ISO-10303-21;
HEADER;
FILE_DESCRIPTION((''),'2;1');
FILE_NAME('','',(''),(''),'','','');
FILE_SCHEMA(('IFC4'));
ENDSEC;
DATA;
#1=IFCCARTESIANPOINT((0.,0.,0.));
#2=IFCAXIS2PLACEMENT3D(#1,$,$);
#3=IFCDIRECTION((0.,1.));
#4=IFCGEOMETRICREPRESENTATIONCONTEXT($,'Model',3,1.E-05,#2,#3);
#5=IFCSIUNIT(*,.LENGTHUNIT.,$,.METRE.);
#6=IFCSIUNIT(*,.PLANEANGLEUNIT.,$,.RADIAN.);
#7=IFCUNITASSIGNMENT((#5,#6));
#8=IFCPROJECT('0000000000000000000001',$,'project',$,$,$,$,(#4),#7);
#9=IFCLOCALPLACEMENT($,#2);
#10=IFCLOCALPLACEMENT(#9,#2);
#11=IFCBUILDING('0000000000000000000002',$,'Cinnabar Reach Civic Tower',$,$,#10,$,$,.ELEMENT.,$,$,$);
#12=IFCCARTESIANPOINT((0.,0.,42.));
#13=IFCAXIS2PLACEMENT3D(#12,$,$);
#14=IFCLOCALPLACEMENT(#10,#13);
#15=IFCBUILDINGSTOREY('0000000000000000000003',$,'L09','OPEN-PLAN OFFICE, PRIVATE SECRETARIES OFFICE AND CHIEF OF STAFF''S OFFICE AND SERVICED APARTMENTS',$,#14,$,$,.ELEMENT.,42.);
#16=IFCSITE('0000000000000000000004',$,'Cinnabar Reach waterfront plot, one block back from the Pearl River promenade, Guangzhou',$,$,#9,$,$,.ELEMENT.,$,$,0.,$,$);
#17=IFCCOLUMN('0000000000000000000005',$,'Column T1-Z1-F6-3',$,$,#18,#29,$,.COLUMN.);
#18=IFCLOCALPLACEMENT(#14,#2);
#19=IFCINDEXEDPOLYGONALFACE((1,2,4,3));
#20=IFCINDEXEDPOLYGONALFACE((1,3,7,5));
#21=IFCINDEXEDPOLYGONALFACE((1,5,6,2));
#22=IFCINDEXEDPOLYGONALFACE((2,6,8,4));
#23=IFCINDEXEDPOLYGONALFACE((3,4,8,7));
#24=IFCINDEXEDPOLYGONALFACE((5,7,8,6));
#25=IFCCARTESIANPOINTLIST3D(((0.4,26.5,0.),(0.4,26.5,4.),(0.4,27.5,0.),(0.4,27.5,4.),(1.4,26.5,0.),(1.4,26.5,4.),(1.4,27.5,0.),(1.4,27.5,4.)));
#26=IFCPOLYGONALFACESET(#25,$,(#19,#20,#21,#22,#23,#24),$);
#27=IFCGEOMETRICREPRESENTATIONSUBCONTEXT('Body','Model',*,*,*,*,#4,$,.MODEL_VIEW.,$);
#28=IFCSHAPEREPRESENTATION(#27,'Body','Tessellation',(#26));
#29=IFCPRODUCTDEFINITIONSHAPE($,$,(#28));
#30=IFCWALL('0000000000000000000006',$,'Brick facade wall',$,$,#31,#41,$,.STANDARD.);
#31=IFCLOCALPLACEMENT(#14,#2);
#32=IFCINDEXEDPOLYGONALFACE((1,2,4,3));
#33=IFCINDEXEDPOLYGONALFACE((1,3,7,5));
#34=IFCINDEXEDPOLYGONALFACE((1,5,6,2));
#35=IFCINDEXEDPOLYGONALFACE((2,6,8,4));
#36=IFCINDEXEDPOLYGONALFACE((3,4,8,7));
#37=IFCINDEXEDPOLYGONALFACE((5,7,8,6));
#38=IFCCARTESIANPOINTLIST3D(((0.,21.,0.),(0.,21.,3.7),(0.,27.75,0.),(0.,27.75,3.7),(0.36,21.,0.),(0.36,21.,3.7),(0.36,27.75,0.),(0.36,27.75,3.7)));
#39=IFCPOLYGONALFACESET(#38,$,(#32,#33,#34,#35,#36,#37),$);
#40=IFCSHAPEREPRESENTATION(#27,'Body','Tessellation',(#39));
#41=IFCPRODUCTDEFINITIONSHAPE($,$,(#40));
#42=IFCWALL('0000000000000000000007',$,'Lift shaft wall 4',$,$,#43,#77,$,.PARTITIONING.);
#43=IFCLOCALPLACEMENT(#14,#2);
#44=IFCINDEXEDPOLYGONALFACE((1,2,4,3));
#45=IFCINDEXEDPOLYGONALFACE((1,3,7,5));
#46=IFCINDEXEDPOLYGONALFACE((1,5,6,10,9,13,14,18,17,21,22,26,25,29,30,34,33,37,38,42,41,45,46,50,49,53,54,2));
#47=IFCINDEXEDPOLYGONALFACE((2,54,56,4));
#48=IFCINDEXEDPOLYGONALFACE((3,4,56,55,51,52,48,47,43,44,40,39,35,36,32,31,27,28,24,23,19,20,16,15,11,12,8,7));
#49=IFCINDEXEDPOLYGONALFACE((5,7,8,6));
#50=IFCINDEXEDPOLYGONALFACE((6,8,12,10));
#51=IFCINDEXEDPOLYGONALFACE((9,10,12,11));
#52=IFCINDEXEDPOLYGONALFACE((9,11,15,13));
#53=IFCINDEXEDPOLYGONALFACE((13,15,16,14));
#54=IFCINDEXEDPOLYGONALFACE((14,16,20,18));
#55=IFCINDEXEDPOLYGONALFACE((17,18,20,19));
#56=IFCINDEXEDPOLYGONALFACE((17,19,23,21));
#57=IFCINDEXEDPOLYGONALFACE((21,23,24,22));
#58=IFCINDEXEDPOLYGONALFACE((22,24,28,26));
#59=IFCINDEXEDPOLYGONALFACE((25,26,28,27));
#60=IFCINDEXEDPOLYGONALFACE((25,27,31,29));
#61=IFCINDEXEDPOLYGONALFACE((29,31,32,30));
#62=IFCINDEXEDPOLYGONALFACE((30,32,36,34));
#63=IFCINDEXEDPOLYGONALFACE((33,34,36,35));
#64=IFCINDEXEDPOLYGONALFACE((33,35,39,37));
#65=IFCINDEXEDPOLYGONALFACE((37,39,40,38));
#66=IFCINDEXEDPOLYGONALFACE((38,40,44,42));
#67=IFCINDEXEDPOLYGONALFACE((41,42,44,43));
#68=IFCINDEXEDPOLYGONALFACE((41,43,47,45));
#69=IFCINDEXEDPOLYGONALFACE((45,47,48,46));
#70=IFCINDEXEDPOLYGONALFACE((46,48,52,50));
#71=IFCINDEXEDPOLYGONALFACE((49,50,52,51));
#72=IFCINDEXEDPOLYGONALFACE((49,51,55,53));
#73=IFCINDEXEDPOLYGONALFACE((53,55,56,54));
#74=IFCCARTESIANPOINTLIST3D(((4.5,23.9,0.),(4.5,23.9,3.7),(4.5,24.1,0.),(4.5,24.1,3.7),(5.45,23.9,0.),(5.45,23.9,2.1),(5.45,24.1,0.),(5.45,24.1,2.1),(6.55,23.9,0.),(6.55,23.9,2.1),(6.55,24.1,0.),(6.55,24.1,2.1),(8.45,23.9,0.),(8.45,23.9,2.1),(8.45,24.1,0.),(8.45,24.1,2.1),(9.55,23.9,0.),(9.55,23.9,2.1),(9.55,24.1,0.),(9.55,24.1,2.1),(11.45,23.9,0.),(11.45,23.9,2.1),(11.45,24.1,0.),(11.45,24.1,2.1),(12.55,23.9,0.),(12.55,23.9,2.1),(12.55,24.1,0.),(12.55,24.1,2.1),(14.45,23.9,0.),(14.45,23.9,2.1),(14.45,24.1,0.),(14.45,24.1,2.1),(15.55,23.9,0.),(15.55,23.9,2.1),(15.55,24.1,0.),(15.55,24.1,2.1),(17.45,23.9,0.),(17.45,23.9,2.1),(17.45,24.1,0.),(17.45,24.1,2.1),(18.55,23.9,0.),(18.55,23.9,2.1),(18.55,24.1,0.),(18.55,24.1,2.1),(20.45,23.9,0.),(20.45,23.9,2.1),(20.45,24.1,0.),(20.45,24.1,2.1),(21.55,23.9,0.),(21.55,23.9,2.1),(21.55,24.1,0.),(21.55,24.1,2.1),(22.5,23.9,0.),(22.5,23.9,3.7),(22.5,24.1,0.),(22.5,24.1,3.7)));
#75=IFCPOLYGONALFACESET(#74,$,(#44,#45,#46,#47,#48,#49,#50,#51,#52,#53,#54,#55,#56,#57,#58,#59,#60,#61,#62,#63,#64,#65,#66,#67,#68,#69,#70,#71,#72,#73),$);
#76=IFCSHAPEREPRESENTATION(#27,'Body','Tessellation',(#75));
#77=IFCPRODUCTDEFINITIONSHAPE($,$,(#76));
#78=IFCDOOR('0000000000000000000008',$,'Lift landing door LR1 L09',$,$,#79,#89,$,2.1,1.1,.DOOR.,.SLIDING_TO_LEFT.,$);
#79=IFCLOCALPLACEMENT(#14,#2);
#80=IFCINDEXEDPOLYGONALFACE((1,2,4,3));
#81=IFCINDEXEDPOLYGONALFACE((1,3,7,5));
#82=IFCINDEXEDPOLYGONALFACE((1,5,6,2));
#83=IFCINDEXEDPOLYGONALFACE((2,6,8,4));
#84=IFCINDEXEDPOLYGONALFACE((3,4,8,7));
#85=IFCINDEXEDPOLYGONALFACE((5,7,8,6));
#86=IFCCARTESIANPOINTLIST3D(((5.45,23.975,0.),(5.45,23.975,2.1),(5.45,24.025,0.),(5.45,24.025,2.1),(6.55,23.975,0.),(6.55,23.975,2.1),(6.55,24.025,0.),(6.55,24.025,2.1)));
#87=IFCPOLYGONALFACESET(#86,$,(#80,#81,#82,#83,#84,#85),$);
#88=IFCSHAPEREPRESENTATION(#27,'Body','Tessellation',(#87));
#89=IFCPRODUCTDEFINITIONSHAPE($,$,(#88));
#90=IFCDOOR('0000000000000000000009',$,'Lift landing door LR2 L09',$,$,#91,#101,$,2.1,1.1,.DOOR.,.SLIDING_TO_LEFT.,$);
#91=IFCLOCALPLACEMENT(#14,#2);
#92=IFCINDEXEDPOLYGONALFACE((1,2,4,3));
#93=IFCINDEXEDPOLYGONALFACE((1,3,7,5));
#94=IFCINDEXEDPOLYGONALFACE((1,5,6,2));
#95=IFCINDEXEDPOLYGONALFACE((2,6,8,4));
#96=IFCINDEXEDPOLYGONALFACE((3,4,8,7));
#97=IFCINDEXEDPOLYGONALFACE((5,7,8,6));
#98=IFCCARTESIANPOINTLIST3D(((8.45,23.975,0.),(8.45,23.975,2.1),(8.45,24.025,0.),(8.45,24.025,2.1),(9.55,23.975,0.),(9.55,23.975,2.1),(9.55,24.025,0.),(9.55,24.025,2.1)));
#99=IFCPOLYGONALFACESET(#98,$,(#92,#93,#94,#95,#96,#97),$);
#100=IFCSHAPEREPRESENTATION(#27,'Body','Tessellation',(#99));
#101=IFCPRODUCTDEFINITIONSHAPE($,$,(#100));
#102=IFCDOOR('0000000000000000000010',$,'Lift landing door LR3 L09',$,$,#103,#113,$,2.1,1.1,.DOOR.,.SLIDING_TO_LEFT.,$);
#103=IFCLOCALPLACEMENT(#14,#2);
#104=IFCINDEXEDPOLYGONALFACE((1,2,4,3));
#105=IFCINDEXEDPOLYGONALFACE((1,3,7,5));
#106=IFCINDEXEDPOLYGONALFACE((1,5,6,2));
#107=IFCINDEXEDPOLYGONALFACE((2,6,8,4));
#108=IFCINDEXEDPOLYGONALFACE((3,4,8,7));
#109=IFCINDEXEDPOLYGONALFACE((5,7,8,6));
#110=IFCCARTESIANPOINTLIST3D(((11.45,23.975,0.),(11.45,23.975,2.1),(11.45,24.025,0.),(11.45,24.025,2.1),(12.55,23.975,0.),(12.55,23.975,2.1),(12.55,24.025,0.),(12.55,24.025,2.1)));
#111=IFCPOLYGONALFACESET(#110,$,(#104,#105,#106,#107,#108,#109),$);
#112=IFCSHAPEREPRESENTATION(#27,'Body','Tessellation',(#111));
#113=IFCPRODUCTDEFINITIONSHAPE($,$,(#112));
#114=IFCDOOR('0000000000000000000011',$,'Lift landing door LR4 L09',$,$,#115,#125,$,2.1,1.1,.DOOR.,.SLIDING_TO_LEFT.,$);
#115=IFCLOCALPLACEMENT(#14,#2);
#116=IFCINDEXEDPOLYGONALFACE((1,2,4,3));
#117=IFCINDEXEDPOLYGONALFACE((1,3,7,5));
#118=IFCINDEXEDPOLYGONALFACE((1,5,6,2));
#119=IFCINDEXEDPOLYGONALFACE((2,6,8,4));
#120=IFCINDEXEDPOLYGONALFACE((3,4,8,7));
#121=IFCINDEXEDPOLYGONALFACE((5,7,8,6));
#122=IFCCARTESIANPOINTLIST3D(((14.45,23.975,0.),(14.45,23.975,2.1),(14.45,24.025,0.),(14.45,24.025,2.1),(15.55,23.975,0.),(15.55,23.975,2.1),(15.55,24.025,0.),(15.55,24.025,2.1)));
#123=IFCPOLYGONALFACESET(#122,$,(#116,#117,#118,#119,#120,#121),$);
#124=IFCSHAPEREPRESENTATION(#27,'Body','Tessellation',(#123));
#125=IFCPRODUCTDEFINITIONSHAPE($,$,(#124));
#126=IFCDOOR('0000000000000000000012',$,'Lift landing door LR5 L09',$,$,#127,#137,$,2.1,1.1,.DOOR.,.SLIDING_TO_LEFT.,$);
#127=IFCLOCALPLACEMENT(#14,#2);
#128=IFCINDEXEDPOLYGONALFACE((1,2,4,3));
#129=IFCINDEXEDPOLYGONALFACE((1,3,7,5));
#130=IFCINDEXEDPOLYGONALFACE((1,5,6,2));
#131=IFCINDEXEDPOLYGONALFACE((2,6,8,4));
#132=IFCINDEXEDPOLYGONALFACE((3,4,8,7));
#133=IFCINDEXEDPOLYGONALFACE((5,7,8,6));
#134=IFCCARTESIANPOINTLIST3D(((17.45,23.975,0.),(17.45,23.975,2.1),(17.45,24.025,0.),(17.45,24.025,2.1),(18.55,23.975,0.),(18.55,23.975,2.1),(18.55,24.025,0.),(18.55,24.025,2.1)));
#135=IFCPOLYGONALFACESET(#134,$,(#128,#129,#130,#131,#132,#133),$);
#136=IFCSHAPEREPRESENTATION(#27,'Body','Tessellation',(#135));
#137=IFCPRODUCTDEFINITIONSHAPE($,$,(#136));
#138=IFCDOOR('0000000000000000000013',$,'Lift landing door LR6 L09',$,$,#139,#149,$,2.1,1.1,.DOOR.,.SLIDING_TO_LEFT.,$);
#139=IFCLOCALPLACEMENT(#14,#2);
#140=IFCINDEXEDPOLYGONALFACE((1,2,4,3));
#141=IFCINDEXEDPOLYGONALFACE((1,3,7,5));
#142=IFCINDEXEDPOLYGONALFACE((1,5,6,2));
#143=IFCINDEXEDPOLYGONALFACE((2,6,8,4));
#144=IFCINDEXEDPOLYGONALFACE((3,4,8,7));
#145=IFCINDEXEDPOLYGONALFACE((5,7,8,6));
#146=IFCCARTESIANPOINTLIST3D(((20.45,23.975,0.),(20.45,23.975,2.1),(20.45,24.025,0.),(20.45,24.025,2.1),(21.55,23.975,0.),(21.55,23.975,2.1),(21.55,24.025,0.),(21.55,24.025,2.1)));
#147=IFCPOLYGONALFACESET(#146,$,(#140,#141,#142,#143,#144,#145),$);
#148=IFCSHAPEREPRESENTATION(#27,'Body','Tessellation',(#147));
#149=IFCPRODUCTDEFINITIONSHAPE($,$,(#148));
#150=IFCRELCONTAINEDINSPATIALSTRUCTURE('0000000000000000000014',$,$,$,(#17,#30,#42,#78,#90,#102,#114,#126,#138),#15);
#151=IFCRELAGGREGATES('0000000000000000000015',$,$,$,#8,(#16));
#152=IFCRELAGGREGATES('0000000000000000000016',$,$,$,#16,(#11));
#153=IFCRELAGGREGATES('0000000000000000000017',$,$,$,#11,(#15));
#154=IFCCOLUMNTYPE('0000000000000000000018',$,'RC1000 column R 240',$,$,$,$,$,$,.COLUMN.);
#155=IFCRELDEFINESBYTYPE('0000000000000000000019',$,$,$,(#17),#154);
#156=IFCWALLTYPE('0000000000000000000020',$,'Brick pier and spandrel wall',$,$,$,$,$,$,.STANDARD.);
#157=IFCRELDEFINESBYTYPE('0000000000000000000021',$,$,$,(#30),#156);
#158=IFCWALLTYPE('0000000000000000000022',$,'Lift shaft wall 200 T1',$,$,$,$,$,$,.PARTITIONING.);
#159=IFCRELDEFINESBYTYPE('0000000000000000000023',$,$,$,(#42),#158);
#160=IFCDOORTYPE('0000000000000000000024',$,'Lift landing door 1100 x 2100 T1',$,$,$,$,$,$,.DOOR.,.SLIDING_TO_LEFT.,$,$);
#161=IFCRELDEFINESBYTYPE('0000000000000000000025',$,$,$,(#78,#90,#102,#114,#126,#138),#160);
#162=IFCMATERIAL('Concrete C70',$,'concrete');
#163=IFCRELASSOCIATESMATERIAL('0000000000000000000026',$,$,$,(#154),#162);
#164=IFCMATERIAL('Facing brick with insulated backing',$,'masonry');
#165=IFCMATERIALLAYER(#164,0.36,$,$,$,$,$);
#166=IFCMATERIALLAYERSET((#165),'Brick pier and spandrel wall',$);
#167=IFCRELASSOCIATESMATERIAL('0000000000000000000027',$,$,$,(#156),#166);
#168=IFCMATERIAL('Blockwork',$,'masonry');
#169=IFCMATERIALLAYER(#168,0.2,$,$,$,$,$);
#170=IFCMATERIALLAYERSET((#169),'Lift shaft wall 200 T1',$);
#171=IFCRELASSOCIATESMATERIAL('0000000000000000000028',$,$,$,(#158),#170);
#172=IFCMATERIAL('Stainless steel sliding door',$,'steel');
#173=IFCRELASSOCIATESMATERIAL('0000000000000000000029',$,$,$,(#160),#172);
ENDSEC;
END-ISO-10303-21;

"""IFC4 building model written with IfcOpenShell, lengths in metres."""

from ifc_helpers import new_model, si_unit, direction, frame, frame_2d, origin, origin_2d, place, context, subcontext, project, spatial, rectangle, extrude, material, layer, layer_set, material_profile, profile_set, type_object, element, fill, save


model = new_model("IFC4")

# Units and contexts
model_context = context("Model", 3, precision=1e-05, world=origin(), true_north=direction((0.0, 1.0)))
body_context = subcontext(model_context, "Body", "Model", "MODEL_VIEW")
ifc_project = project(units=[si_unit("LENGTHUNIT", "METRE"), si_unit("PLANEANGLEUNIT", "RADIAN")], contexts=[model_context])

# Site, building, storey
site_placement = place(None, origin())
site = spatial("IfcSite", under=ifc_project, at=site_placement, Name="Cinnabar Reach waterfront plot, one block back from the Pearl River promenade, Guangzhou", CompositionType="ELEMENT", RefElevation=0.0)
building_placement = place(site_placement, origin())
building = spatial("IfcBuilding", under=site, at=building_placement, Name="Cinnabar Reach Civic Tower", CompositionType="ELEMENT")
storey_placement = place(building_placement, frame((0.0, 0.0, 42.0)))
storey = spatial("IfcBuildingStorey", under=building, at=storey_placement, Name="L09", Description="OPEN-PLAN OFFICE, PRIVATE SECRETARIES OFFICE AND CHIEF OF STAFF'S OFFICE AND SERVICED APARTMENTS", CompositionType="ELEMENT", Elevation=42.0)

# Column
ifc_material_1 = material(Name="Concrete C70", Category="concrete")
ifc_material_profile = material_profile(ifc_material_1, rectangle(XDim=1.0, YDim=1.0, at=origin_2d()), Name="RC1000")
ifc_profile_set = profile_set([ifc_material_profile], Name="Concrete C70")
column_type = type_object("IfcColumnType", Name="RC1000 column R 240", PredefinedType="COLUMN", material=ifc_profile_set)
column_placement = place(storey_placement, frame((0.9, 27.0, 0.0), z_axis=(0.0, 0.0, 1.0), x_axis=(1.0, 0.0, 0.0)))
element("IfcColumn", 1, at=column_placement, inside=storey, type_object=column_type, Name="Column T1-Z1-F6-3", PredefinedType="COLUMN", context=body_context, shape_type="SweptSolid", body=[
    extrude(rectangle(XDim=1.0, YDim=1.0, at=origin_2d()), origin(), (0.0, 0.0, 1.0), 4.0),
])

# Wall
ifc_material_2 = material(Name="Facing brick with insulated backing", Category="masonry")
ifc_layer_1 = layer(ifc_material_2, 0.36)
ifc_layer_set_1 = layer_set([ifc_layer_1], Name="Brick pier and spandrel wall")
wall_type_1 = type_object("IfcWallType", Name="Brick pier and spandrel wall", PredefinedType="STANDARD", material=ifc_layer_set_1)
wall_1_placement = place(storey_placement, frame((0.18, 27.75, 0.0), z_axis=(0.0, 0.0, 1.0), x_axis=(0.0, -1.0, 0.0)))
element("IfcWall", 2, at=wall_1_placement, inside=storey, type_object=wall_type_1, Name="Brick facade wall", PredefinedType="STANDARD", context=body_context, shape_type="SweptSolid", body=[
    extrude(rectangle(XDim=6.75, YDim=0.36, at=frame_2d((3.375, 0.0))), origin(), (0.0, 0.0, 1.0), 3.7),
])

# Wall, openings, doors
ifc_material_3 = material(Name="Blockwork", Category="masonry")
ifc_layer_2 = layer(ifc_material_3, 0.2)
ifc_layer_set_2 = layer_set([ifc_layer_2], Name="Lift shaft wall 200 T1")
wall_type_2 = type_object("IfcWallType", Name="Lift shaft wall 200 T1", PredefinedType="PARTITIONING", material=ifc_layer_set_2)
wall_2_placement = place(storey_placement, frame((4.5, 24.0, 0.0), z_axis=(0.0, 0.0, 1.0), x_axis=(1.0, 0.0, 0.0)))
wall_2 = element("IfcWall", 3, at=wall_2_placement, inside=storey, type_object=wall_type_2, Name="Lift shaft wall 4", PredefinedType="PARTITIONING", context=body_context, shape_type="SweptSolid", body=[
    extrude(rectangle(XDim=18.0, YDim=0.2, at=frame_2d((9.0, 0.0))), origin(), (0.0, 0.0, 1.0), 3.7),
])
opening_1_placement = place(wall_2_placement, frame((0.95, 0.0, 0.0)))
opening_1 = element("IfcOpeningElement", 4, at=opening_1_placement, cuts=wall_2, PredefinedType="OPENING", context=body_context, shape_type="SweptSolid", body=[
    extrude(rectangle(XDim=1.1, YDim=2.1, at=frame_2d((0.55, 1.05))), frame((0.0, 0.11, 0.0), z_axis=(0.0, -1.0, 0.0), x_axis=(1.0, 0.0, 0.0)), (0.0, 0.0, 1.0), 0.22),
])
opening_2_placement = place(wall_2_placement, frame((3.95, 0.0, 0.0)))
opening_2 = element("IfcOpeningElement", 5, at=opening_2_placement, cuts=wall_2, PredefinedType="OPENING", context=body_context, shape_type="SweptSolid", body=[
    extrude(rectangle(XDim=1.1, YDim=2.1, at=frame_2d((0.55, 1.05))), frame((0.0, 0.11, 0.0), z_axis=(0.0, -1.0, 0.0), x_axis=(1.0, 0.0, 0.0)), (0.0, 0.0, 1.0), 0.22),
])
opening_3_placement = place(wall_2_placement, frame((6.95, 0.0, 0.0)))
opening_3 = element("IfcOpeningElement", 6, at=opening_3_placement, cuts=wall_2, PredefinedType="OPENING", context=body_context, shape_type="SweptSolid", body=[
    extrude(rectangle(XDim=1.1, YDim=2.1, at=frame_2d((0.55, 1.05))), frame((0.0, 0.11, 0.0), z_axis=(0.0, -1.0, 0.0), x_axis=(1.0, 0.0, 0.0)), (0.0, 0.0, 1.0), 0.22),
])
opening_4_placement = place(wall_2_placement, frame((9.95, 0.0, 0.0)))
opening_4 = element("IfcOpeningElement", 7, at=opening_4_placement, cuts=wall_2, PredefinedType="OPENING", context=body_context, shape_type="SweptSolid", body=[
    extrude(rectangle(XDim=1.1, YDim=2.1, at=frame_2d((0.55, 1.05))), frame((0.0, 0.11, 0.0), z_axis=(0.0, -1.0, 0.0), x_axis=(1.0, 0.0, 0.0)), (0.0, 0.0, 1.0), 0.22),
])
opening_5_placement = place(wall_2_placement, frame((12.95, 0.0, 0.0)))
opening_5 = element("IfcOpeningElement", 8, at=opening_5_placement, cuts=wall_2, PredefinedType="OPENING", context=body_context, shape_type="SweptSolid", body=[
    extrude(rectangle(XDim=1.1, YDim=2.1, at=frame_2d((0.55, 1.05))), frame((0.0, 0.11, 0.0), z_axis=(0.0, -1.0, 0.0), x_axis=(1.0, 0.0, 0.0)), (0.0, 0.0, 1.0), 0.22),
])
opening_6_placement = place(wall_2_placement, frame((15.95, 0.0, 0.0)))
opening_6 = element("IfcOpeningElement", 9, at=opening_6_placement, cuts=wall_2, PredefinedType="OPENING", context=body_context, shape_type="SweptSolid", body=[
    extrude(rectangle(XDim=1.1, YDim=2.1, at=frame_2d((0.55, 1.05))), frame((0.0, 0.11, 0.0), z_axis=(0.0, -1.0, 0.0), x_axis=(1.0, 0.0, 0.0)), (0.0, 0.0, 1.0), 0.22),
])
ifc_material_4 = material(Name="Stainless steel sliding door", Category="steel")
door_type_1 = type_object("IfcDoorType", Name="Lift landing door 1100 x 2100 T1", OperationType="SLIDING_TO_LEFT", PredefinedType="DOOR", material=ifc_material_4)
door_1_placement = place(opening_1_placement, origin())
door_1 = element("IfcDoor", 10, at=door_1_placement, inside=storey, type_object=door_type_1, Name="Lift landing door LR1 L09", OperationType="SLIDING_TO_LEFT", OverallHeight=2.1, OverallWidth=1.1, PredefinedType="DOOR", context=body_context, shape_type="SweptSolid", body=[
    extrude(rectangle(XDim=1.1, YDim=2.1, at=frame_2d((0.55, 1.05))), frame((0.0, 0.025, 0.0), z_axis=(0.0, -1.0, 0.0), x_axis=(1.0, 0.0, 0.0)), (0.0, 0.0, 1.0), 0.05),
])
fill(opening_1, door_1)
door_2_placement = place(opening_2_placement, origin())
door_2 = element("IfcDoor", 11, at=door_2_placement, inside=storey, type_object=door_type_1, Name="Lift landing door LR2 L09", OperationType="SLIDING_TO_LEFT", OverallHeight=2.1, OverallWidth=1.1, PredefinedType="DOOR", context=body_context, shape_type="SweptSolid", body=[
    extrude(rectangle(XDim=1.1, YDim=2.1, at=frame_2d((0.55, 1.05))), frame((0.0, 0.025, 0.0), z_axis=(0.0, -1.0, 0.0), x_axis=(1.0, 0.0, 0.0)), (0.0, 0.0, 1.0), 0.05),
])
fill(opening_2, door_2)
door_3_placement = place(opening_3_placement, origin())
door_3 = element("IfcDoor", 12, at=door_3_placement, inside=storey, type_object=door_type_1, Name="Lift landing door LR3 L09", OperationType="SLIDING_TO_LEFT", OverallHeight=2.1, OverallWidth=1.1, PredefinedType="DOOR", context=body_context, shape_type="SweptSolid", body=[
    extrude(rectangle(XDim=1.1, YDim=2.1, at=frame_2d((0.55, 1.05))), frame((0.0, 0.025, 0.0), z_axis=(0.0, -1.0, 0.0), x_axis=(1.0, 0.0, 0.0)), (0.0, 0.0, 1.0), 0.05),
])
fill(opening_3, door_3)
door_4_placement = place(opening_4_placement, origin())
door_4 = element("IfcDoor", 13, at=door_4_placement, inside=storey, type_object=door_type_1, Name="Lift landing door LR4 L09", OperationType="SLIDING_TO_LEFT", OverallHeight=2.1, OverallWidth=1.1, PredefinedType="DOOR", context=body_context, shape_type="SweptSolid", body=[
    extrude(rectangle(XDim=1.1, YDim=2.1, at=frame_2d((0.55, 1.05))), frame((0.0, 0.025, 0.0), z_axis=(0.0, -1.0, 0.0), x_axis=(1.0, 0.0, 0.0)), (0.0, 0.0, 1.0), 0.05),
])
fill(opening_4, door_4)
door_5_placement = place(opening_5_placement, origin())
door_5 = element("IfcDoor", 14, at=door_5_placement, inside=storey, type_object=door_type_1, Name="Lift landing door LR5 L09", OperationType="SLIDING_TO_LEFT", OverallHeight=2.1, OverallWidth=1.1, PredefinedType="DOOR", context=body_context, shape_type="SweptSolid", body=[
    extrude(rectangle(XDim=1.1, YDim=2.1, at=frame_2d((0.55, 1.05))), frame((0.0, 0.025, 0.0), z_axis=(0.0, -1.0, 0.0), x_axis=(1.0, 0.0, 0.0)), (0.0, 0.0, 1.0), 0.05),
])
fill(opening_5, door_5)
door_6_placement = place(opening_6_placement, origin())
door_6 = element("IfcDoor", 15, at=door_6_placement, inside=storey, type_object=door_type_1, Name="Lift landing door LR6 L09", OperationType="SLIDING_TO_LEFT", OverallHeight=2.1, OverallWidth=1.1, PredefinedType="DOOR", context=body_context, shape_type="SweptSolid", body=[
    extrude(rectangle(XDim=1.1, YDim=2.1, at=frame_2d((0.55, 1.05))), frame((0.0, 0.025, 0.0), z_axis=(0.0, -1.0, 0.0), x_axis=(1.0, 0.0, 0.0)), (0.0, 0.0, 1.0), 0.05),
])
fill(opening_6, door_6)

save(model, "model.ifc")
